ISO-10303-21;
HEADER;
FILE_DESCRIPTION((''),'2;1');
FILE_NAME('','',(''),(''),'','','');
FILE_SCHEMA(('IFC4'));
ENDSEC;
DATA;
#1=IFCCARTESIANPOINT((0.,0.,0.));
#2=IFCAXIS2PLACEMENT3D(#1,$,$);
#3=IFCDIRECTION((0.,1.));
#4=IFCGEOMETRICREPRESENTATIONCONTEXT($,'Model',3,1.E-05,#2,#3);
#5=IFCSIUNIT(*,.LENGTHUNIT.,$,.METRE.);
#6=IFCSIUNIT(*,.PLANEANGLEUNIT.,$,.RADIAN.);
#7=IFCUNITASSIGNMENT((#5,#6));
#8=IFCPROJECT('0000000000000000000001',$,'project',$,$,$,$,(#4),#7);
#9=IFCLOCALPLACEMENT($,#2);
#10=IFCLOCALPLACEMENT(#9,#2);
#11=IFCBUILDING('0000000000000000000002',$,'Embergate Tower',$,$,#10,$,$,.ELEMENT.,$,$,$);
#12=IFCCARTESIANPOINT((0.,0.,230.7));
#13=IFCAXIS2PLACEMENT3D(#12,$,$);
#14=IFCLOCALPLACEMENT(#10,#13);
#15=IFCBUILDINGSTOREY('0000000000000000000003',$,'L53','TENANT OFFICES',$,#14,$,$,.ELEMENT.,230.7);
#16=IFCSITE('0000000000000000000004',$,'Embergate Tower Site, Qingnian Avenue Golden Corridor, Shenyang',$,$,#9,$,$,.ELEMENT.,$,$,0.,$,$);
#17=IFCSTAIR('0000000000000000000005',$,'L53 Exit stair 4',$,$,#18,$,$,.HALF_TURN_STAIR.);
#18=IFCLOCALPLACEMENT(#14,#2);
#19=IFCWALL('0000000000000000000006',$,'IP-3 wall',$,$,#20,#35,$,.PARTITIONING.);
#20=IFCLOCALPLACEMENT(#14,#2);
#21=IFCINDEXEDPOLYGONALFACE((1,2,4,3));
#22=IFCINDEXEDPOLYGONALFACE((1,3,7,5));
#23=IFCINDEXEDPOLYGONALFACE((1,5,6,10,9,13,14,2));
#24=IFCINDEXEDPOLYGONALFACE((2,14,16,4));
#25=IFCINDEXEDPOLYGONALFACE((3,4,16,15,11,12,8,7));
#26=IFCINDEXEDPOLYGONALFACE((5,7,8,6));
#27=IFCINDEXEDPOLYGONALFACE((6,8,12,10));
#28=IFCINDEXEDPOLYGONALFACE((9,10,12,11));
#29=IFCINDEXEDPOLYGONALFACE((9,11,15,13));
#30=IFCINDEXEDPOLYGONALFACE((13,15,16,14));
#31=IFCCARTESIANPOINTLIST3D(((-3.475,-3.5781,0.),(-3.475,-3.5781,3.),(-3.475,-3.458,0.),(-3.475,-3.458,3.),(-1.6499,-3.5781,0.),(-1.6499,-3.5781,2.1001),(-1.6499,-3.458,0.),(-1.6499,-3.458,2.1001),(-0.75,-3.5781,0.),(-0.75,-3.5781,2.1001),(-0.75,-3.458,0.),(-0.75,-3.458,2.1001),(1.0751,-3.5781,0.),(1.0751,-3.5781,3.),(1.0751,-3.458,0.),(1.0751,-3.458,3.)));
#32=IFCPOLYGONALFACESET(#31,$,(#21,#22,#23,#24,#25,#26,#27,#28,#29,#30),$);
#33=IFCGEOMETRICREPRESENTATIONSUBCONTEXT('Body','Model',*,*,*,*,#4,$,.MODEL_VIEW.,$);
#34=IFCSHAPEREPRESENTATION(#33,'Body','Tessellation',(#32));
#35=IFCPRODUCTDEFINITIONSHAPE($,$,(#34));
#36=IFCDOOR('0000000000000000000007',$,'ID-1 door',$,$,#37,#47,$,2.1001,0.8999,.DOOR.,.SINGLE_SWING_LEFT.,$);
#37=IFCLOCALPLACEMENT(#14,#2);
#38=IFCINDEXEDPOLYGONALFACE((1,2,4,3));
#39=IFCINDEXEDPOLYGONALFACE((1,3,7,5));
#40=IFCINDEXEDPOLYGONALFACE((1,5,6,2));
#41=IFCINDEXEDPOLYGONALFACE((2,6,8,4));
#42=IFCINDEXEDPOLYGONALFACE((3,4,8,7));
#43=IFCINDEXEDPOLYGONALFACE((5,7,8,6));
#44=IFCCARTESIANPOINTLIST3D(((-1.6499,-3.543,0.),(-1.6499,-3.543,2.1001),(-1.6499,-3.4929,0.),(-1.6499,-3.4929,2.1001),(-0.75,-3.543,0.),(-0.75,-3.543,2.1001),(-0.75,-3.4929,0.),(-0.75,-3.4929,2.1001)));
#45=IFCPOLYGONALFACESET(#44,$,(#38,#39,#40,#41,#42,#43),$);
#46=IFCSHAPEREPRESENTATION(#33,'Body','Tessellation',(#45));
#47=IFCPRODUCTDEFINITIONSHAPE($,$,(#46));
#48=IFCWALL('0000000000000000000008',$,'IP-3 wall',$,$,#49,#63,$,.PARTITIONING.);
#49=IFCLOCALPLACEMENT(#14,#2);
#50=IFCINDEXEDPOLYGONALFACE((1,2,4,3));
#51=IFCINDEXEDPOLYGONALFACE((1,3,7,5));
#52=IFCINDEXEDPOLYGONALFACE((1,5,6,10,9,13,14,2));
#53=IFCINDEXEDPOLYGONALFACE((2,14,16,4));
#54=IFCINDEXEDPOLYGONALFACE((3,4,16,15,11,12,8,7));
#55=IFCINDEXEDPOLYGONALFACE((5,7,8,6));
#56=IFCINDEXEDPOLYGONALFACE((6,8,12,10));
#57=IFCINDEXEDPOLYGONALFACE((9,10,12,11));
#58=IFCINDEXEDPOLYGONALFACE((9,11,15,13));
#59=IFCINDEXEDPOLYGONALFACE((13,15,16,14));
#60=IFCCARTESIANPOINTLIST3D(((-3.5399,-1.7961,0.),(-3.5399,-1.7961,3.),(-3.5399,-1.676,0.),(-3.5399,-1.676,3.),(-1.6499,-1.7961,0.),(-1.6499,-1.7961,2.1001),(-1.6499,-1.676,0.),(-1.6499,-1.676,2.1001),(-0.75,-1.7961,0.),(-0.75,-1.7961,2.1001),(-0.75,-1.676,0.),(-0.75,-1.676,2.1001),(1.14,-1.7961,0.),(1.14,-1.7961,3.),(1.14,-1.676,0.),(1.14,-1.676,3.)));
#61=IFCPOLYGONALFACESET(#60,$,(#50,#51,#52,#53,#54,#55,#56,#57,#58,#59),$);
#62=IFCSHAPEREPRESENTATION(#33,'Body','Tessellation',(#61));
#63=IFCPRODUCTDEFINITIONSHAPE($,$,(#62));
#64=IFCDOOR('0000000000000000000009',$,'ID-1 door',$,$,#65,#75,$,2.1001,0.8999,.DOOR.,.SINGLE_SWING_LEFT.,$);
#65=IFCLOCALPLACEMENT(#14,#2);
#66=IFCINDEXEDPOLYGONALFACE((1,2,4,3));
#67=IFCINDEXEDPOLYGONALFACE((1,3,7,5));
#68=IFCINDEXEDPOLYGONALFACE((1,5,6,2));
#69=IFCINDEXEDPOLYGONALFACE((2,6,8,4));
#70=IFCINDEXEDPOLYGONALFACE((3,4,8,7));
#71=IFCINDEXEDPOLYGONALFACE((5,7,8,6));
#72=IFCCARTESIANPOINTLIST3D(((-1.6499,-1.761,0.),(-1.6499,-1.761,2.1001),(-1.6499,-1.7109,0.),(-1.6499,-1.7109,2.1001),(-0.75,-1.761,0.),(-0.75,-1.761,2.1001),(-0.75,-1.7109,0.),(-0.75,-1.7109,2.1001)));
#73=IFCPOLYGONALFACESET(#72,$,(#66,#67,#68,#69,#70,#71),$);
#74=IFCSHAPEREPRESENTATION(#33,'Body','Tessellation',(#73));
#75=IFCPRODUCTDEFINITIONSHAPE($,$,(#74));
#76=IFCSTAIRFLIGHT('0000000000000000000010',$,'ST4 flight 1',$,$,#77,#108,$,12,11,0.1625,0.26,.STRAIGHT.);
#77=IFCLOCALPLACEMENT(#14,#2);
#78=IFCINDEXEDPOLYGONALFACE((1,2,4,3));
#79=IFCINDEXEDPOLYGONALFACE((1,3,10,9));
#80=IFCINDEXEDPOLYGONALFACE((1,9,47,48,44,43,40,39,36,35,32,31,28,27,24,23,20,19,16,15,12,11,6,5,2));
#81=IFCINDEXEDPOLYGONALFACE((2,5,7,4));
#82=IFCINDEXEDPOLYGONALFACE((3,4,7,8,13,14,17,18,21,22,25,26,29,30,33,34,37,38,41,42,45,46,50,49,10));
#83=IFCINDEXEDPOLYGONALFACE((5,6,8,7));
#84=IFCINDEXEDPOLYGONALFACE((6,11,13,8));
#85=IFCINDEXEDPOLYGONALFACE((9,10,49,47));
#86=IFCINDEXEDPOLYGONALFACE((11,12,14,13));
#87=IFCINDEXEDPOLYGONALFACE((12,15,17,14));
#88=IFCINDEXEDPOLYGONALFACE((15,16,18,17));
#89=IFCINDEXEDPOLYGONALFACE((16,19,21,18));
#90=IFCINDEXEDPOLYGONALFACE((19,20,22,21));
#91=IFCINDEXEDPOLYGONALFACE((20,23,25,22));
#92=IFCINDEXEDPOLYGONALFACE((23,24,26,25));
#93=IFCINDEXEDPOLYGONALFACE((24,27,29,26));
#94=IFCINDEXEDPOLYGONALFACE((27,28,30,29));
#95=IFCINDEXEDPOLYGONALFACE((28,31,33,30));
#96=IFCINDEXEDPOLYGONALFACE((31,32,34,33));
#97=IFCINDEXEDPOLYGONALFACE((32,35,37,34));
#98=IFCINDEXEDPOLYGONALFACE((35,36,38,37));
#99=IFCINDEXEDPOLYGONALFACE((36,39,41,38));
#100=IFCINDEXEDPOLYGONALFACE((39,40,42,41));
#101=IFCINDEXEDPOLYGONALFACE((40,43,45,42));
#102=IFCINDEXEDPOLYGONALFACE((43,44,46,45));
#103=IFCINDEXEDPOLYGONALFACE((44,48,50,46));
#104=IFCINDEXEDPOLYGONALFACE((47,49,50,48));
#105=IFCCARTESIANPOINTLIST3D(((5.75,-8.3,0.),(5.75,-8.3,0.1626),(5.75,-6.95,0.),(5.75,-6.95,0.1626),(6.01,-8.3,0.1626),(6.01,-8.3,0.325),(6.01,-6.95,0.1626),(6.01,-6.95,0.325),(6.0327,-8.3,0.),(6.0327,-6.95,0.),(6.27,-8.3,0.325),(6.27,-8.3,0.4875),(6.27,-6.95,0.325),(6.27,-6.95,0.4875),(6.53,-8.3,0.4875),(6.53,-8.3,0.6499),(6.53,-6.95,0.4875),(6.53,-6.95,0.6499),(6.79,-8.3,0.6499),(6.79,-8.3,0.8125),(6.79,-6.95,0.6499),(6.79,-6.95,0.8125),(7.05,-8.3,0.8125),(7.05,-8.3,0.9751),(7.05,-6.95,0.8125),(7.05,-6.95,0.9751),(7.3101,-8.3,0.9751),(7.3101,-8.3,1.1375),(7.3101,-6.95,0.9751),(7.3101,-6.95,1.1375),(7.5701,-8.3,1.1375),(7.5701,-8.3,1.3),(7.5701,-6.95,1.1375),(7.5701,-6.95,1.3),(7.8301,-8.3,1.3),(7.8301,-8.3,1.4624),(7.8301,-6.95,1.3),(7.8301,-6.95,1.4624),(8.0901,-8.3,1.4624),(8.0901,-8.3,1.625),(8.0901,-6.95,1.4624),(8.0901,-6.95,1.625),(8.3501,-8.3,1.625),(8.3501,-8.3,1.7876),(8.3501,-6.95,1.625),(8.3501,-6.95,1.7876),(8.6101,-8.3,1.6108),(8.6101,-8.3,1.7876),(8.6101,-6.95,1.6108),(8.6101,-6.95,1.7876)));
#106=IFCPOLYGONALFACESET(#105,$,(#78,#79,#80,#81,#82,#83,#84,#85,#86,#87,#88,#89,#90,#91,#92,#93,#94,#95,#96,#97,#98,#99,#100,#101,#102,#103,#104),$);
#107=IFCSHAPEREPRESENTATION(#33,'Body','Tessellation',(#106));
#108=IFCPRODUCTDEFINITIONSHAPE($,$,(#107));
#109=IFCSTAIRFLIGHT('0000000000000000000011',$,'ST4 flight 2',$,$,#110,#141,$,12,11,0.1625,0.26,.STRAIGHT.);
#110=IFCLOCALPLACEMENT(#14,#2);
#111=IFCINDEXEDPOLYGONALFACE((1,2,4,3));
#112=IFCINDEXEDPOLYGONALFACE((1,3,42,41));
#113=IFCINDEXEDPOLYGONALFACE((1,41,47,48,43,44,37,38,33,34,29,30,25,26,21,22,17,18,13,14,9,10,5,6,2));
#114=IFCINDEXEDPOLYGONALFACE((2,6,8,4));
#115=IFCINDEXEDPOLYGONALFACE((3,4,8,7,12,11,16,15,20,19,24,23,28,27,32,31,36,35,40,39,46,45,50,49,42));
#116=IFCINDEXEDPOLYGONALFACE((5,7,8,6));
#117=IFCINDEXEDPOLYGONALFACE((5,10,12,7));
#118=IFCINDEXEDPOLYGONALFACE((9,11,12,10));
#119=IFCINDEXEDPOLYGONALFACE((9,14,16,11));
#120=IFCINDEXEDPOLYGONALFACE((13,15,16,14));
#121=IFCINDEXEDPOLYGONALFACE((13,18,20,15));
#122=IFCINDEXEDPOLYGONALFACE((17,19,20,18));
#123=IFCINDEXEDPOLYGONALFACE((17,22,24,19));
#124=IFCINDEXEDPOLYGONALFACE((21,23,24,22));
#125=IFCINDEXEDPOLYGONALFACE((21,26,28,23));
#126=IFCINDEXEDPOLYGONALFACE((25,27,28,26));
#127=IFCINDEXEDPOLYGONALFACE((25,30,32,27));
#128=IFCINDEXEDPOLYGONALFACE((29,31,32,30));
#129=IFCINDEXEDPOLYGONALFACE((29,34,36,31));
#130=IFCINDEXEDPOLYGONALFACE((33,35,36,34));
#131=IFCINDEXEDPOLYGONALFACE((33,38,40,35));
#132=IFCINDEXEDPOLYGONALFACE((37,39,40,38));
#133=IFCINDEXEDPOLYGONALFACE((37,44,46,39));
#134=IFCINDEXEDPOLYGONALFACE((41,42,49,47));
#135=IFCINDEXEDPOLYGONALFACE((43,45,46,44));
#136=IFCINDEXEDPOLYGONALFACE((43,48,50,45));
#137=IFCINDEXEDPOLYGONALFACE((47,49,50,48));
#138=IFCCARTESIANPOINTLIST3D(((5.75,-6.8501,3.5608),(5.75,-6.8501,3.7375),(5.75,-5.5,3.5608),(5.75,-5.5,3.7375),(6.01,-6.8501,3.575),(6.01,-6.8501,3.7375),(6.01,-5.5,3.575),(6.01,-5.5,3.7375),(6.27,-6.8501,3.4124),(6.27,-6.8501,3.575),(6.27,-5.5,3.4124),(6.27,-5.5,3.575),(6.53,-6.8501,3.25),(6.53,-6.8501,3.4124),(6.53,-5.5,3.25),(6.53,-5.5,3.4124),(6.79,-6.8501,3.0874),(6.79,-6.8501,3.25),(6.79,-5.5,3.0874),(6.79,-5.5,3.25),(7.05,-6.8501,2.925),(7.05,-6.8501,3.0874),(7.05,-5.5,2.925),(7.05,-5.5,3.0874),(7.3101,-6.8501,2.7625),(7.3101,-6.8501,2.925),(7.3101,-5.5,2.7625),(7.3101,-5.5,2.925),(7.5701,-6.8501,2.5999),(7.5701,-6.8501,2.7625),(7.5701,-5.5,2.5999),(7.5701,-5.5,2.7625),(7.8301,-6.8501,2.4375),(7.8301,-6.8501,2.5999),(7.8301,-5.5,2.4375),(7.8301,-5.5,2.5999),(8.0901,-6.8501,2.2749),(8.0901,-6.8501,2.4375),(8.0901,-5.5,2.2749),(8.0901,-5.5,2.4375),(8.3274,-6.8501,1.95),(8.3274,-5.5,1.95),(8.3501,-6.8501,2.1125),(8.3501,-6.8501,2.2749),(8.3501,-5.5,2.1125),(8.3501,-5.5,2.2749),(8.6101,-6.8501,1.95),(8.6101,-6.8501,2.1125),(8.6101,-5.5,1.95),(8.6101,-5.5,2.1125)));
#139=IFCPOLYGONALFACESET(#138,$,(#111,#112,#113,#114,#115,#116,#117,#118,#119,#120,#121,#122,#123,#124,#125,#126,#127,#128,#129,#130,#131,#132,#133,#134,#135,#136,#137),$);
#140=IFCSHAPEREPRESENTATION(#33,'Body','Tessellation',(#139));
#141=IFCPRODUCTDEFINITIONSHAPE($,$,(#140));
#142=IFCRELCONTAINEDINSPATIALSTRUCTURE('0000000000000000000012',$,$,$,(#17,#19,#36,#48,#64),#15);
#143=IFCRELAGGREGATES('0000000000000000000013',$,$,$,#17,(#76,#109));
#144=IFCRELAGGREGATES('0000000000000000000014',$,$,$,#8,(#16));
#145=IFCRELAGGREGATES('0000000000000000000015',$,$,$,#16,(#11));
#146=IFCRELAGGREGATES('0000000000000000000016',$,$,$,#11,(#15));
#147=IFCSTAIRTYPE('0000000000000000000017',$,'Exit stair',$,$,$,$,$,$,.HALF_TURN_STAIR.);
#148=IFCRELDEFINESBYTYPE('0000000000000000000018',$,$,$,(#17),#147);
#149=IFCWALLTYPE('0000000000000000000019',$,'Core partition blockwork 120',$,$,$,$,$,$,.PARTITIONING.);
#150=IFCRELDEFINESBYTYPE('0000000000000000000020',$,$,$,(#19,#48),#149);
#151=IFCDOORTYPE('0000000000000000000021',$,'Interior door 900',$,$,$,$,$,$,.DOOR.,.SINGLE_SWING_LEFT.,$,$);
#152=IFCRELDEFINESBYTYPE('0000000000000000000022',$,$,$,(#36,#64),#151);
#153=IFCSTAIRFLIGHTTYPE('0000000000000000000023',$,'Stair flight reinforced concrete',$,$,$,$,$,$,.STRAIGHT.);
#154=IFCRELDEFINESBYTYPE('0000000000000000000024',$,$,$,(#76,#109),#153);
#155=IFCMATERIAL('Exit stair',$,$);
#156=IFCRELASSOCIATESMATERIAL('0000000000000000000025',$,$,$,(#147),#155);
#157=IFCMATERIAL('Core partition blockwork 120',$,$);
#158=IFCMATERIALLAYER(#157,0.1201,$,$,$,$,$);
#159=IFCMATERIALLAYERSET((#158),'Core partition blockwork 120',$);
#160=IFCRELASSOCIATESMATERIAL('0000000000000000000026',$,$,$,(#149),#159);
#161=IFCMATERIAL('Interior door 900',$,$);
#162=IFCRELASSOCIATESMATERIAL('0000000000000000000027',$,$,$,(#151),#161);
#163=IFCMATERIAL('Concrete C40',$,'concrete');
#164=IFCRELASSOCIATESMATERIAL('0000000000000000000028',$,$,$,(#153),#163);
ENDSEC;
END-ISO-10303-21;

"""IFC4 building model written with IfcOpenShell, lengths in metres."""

from ifc_helpers import new_model, si_unit, direction, frame, frame_2d, origin, place, context, subcontext, project, spatial, polyline, rectangle, outline, extrude, source, transform, mapped, material, layer, layer_set, type_object, element, fill, aggregate, save


model = new_model("IFC4")

# Units and contexts
model_context = context("Model", 3, precision=1e-05, world=origin(), true_north=direction((0.0, 1.0)))
body_context = subcontext(model_context, "Body", "Model", "MODEL_VIEW")
ifc_project = project(units=[si_unit("LENGTHUNIT", "METRE"), si_unit("PLANEANGLEUNIT", "RADIAN")], contexts=[model_context])

# Site, building, storey
site_placement = place(None, origin())
site = spatial("IfcSite", under=ifc_project, at=site_placement, Name="Embergate Tower Site, Qingnian Avenue Golden Corridor, Shenyang", CompositionType="ELEMENT", RefElevation=0.0)
building_placement = place(site_placement, origin())
building = spatial("IfcBuilding", under=site, at=building_placement, Name="Embergate Tower", CompositionType="ELEMENT")
storey_placement = place(building_placement, frame((0.0, 0.0, 230.7)))
storey = spatial("IfcBuildingStorey", under=building, at=storey_placement, Name="L53", Description="TENANT OFFICES", CompositionType="ELEMENT", Elevation=230.7)

# Stair
ifc_material_1 = material(Name="Exit stair")
stair_type = type_object("IfcStairType", Name="Exit stair", PredefinedType="HALF_TURN_STAIR", material=ifc_material_1)
stair_placement = place(storey_placement, origin())
stair = element("IfcStair", 1, at=stair_placement, inside=storey, type_object=stair_type, Name="L53 Exit stair 4", PredefinedType="HALF_TURN_STAIR")
ifc_material_2 = material(Name="Concrete C40", Category="concrete")

# Shared definitions
ifc_material_3 = material(Name="Core partition blockwork 120")
ifc_layer_1 = layer(ifc_material_3, 0.1201)
ifc_layer_set_1 = layer_set([ifc_layer_1], Name="Core partition blockwork 120")
wall_type_1 = type_object("IfcWallType", Name="Core partition blockwork 120", PredefinedType="PARTITIONING", material=ifc_layer_set_1)

# Walls, openings, doors
shared_shape_1 = source(origin(), body_context, "Body", "SweptSolid", [
    extrude(rectangle(XDim=4.55, YDim=0.1201, at=frame_2d((2.2749, 0.0))), origin(), (0.0, 0.0, 1.0), 3.0),
])
wall_1_placement = place(storey_placement, frame((1.075, -3.5181, 0.0), z_axis=(0.0, 0.0, 1.0), x_axis=(-1.0, 0.0, 0.0)))
wall_1 = element("IfcWall", 2, at=wall_1_placement, inside=storey, type_object=wall_type_1, Name="IP-3 wall", PredefinedType="PARTITIONING", context=body_context, shape_type="MappedRepresentation", body=[
    mapped(shared_shape_1, transform((0.0, 0.0, 0.0))),
])
shared_shape_2 = source(origin(), body_context, "Body", "SweptSolid", [
    extrude(rectangle(XDim=0.8999, YDim=2.1001, at=frame_2d((0.45, 1.05))), frame((0.0, 0.0701, 0.0), z_axis=(0.0, -1.0, 0.0), x_axis=(1.0, 0.0, 0.0)), (0.0, 0.0, 1.0), 0.1401),
])
opening_1_placement = place(wall_1_placement, frame((1.825, 0.0, 0.0)))
opening_1 = element("IfcOpeningElement", 3, at=opening_1_placement, cuts=wall_1, PredefinedType="OPENING", context=body_context, shape_type="MappedRepresentation", body=[
    mapped(shared_shape_2, transform((0.0, 0.0, 0.0))),
])
ifc_material_4 = material(Name="Interior door 900")
door_type_1 = type_object("IfcDoorType", Name="Interior door 900", OperationType="SINGLE_SWING_LEFT", PredefinedType="DOOR", material=ifc_material_4)
shared_shape_3 = source(origin(), body_context, "Body", "SweptSolid", [
    extrude(rectangle(XDim=0.8999, YDim=2.1001, at=frame_2d((0.45, 1.05))), frame((0.0, 0.0249, 0.0), z_axis=(0.0, -1.0, 0.0), x_axis=(1.0, 0.0, 0.0)), (0.0, 0.0, 1.0), 0.05),
])
door_1_placement = place(opening_1_placement, origin())
door_1 = element("IfcDoor", 4, at=door_1_placement, inside=storey, type_object=door_type_1, Name="ID-1 door", OperationType="SINGLE_SWING_LEFT", OverallHeight=2.1001, OverallWidth=0.8999, PredefinedType="DOOR", context=body_context, shape_type="MappedRepresentation", body=[
    mapped(shared_shape_3, transform((0.0, 0.0, 0.0))),
])
fill(opening_1, door_1)
shared_shape_4 = source(origin(), body_context, "Body", "SweptSolid", [
    extrude(rectangle(XDim=4.6799, YDim=0.1201, at=frame_2d((2.3398, 0.0))), origin(), (0.0, 0.0, 1.0), 3.0),
])
wall_2_placement = place(storey_placement, frame((1.1399, -1.7361, 0.0), z_axis=(0.0, 0.0, 1.0), x_axis=(-1.0, 0.0, 0.0)))
wall_2 = element("IfcWall", 5, at=wall_2_placement, inside=storey, type_object=wall_type_1, Name="IP-3 wall", PredefinedType="PARTITIONING", context=body_context, shape_type="MappedRepresentation", body=[
    mapped(shared_shape_4, transform((0.0, 0.0, 0.0))),
])
opening_2_placement = place(wall_2_placement, frame((1.8899, 0.0, 0.0)))
opening_2 = element("IfcOpeningElement", 6, at=opening_2_placement, cuts=wall_2, PredefinedType="OPENING", context=body_context, shape_type="MappedRepresentation", body=[
    mapped(shared_shape_2, transform((0.0, 0.0, 0.0))),
])
door_2_placement = place(opening_2_placement, origin())
door_2 = element("IfcDoor", 7, at=door_2_placement, inside=storey, type_object=door_type_1, Name="ID-1 door", OperationType="SINGLE_SWING_LEFT", OverallHeight=2.1001, OverallWidth=0.8999, PredefinedType="DOOR", context=body_context, shape_type="MappedRepresentation", body=[
    mapped(shared_shape_3, transform((0.0, 0.0, 0.0))),
])
fill(opening_2, door_2)

# Stair flights
stair_flight_type = type_object("IfcStairFlightType", Name="Stair flight reinforced concrete", PredefinedType="STRAIGHT", material=ifc_material_2)
shared_shape_5 = source(origin(), body_context, "Body", "SweptSolid", [
    extrude(outline(polyline([(0.0, 0.0), (0.0, 0.1626), (0.26, 0.1626), (0.26, 0.325), (0.52, 0.325), (0.52, 0.4875), (0.78, 0.4875), (0.78, 0.6499), (1.04, 0.6499), (1.04, 0.8125), (1.3, 0.8125), (1.3, 0.9751), (1.5601, 0.9751), (1.5601, 1.1375), (1.8201, 1.1375), (1.8201, 1.3), (2.0801, 1.3), (2.0801, 1.4624), (2.3401, 1.4624), (2.3401, 1.625), (2.6001, 1.625), (2.6001, 1.7876), (2.8601, 1.7876), (2.8601, 1.95), (2.8601, 1.6108), (0.2827, 0.0), (0.0, 0.0)])), frame((0.0, 0.675, 0.0), z_axis=(0.0, -1.0, 0.0), x_axis=(1.0, 0.0, 0.0)), (0.0, 0.0, 1.0), 1.3501),
])
stair_flight_1_placement = place(storey_placement, frame((5.75, -7.625, 0.0), z_axis=(0.0, 0.0, 1.0), x_axis=(1.0, 0.0, 0.0)))
stair_flight_1 = element("IfcStairFlight", 8, at=stair_flight_1_placement, type_object=stair_flight_type, Name="ST4 flight 1", NumberOfRisers=12, NumberOfTreads=11, PredefinedType="STRAIGHT", RiserHeight=0.1625, TreadLength=0.26, context=body_context, shape_type="MappedRepresentation", body=[
    mapped(shared_shape_5, transform((0.0, 0.0, 0.0))),
])
stair_flight_2_placement = place(storey_placement, frame((8.6101, -6.175, 1.95), z_axis=(0.0, 0.0, 1.0), x_axis=(-1.0, 0.0, 0.0)))
stair_flight_2 = element("IfcStairFlight", 9, at=stair_flight_2_placement, type_object=stair_flight_type, Name="ST4 flight 2", NumberOfRisers=12, NumberOfTreads=11, PredefinedType="STRAIGHT", RiserHeight=0.1625, TreadLength=0.26, context=body_context, shape_type="MappedRepresentation", body=[
    mapped(shared_shape_5, transform((0.0, 0.0, 0.0))),
])
aggregate(stair, [stair_flight_1, stair_flight_2])

save(model, "model.ifc")
